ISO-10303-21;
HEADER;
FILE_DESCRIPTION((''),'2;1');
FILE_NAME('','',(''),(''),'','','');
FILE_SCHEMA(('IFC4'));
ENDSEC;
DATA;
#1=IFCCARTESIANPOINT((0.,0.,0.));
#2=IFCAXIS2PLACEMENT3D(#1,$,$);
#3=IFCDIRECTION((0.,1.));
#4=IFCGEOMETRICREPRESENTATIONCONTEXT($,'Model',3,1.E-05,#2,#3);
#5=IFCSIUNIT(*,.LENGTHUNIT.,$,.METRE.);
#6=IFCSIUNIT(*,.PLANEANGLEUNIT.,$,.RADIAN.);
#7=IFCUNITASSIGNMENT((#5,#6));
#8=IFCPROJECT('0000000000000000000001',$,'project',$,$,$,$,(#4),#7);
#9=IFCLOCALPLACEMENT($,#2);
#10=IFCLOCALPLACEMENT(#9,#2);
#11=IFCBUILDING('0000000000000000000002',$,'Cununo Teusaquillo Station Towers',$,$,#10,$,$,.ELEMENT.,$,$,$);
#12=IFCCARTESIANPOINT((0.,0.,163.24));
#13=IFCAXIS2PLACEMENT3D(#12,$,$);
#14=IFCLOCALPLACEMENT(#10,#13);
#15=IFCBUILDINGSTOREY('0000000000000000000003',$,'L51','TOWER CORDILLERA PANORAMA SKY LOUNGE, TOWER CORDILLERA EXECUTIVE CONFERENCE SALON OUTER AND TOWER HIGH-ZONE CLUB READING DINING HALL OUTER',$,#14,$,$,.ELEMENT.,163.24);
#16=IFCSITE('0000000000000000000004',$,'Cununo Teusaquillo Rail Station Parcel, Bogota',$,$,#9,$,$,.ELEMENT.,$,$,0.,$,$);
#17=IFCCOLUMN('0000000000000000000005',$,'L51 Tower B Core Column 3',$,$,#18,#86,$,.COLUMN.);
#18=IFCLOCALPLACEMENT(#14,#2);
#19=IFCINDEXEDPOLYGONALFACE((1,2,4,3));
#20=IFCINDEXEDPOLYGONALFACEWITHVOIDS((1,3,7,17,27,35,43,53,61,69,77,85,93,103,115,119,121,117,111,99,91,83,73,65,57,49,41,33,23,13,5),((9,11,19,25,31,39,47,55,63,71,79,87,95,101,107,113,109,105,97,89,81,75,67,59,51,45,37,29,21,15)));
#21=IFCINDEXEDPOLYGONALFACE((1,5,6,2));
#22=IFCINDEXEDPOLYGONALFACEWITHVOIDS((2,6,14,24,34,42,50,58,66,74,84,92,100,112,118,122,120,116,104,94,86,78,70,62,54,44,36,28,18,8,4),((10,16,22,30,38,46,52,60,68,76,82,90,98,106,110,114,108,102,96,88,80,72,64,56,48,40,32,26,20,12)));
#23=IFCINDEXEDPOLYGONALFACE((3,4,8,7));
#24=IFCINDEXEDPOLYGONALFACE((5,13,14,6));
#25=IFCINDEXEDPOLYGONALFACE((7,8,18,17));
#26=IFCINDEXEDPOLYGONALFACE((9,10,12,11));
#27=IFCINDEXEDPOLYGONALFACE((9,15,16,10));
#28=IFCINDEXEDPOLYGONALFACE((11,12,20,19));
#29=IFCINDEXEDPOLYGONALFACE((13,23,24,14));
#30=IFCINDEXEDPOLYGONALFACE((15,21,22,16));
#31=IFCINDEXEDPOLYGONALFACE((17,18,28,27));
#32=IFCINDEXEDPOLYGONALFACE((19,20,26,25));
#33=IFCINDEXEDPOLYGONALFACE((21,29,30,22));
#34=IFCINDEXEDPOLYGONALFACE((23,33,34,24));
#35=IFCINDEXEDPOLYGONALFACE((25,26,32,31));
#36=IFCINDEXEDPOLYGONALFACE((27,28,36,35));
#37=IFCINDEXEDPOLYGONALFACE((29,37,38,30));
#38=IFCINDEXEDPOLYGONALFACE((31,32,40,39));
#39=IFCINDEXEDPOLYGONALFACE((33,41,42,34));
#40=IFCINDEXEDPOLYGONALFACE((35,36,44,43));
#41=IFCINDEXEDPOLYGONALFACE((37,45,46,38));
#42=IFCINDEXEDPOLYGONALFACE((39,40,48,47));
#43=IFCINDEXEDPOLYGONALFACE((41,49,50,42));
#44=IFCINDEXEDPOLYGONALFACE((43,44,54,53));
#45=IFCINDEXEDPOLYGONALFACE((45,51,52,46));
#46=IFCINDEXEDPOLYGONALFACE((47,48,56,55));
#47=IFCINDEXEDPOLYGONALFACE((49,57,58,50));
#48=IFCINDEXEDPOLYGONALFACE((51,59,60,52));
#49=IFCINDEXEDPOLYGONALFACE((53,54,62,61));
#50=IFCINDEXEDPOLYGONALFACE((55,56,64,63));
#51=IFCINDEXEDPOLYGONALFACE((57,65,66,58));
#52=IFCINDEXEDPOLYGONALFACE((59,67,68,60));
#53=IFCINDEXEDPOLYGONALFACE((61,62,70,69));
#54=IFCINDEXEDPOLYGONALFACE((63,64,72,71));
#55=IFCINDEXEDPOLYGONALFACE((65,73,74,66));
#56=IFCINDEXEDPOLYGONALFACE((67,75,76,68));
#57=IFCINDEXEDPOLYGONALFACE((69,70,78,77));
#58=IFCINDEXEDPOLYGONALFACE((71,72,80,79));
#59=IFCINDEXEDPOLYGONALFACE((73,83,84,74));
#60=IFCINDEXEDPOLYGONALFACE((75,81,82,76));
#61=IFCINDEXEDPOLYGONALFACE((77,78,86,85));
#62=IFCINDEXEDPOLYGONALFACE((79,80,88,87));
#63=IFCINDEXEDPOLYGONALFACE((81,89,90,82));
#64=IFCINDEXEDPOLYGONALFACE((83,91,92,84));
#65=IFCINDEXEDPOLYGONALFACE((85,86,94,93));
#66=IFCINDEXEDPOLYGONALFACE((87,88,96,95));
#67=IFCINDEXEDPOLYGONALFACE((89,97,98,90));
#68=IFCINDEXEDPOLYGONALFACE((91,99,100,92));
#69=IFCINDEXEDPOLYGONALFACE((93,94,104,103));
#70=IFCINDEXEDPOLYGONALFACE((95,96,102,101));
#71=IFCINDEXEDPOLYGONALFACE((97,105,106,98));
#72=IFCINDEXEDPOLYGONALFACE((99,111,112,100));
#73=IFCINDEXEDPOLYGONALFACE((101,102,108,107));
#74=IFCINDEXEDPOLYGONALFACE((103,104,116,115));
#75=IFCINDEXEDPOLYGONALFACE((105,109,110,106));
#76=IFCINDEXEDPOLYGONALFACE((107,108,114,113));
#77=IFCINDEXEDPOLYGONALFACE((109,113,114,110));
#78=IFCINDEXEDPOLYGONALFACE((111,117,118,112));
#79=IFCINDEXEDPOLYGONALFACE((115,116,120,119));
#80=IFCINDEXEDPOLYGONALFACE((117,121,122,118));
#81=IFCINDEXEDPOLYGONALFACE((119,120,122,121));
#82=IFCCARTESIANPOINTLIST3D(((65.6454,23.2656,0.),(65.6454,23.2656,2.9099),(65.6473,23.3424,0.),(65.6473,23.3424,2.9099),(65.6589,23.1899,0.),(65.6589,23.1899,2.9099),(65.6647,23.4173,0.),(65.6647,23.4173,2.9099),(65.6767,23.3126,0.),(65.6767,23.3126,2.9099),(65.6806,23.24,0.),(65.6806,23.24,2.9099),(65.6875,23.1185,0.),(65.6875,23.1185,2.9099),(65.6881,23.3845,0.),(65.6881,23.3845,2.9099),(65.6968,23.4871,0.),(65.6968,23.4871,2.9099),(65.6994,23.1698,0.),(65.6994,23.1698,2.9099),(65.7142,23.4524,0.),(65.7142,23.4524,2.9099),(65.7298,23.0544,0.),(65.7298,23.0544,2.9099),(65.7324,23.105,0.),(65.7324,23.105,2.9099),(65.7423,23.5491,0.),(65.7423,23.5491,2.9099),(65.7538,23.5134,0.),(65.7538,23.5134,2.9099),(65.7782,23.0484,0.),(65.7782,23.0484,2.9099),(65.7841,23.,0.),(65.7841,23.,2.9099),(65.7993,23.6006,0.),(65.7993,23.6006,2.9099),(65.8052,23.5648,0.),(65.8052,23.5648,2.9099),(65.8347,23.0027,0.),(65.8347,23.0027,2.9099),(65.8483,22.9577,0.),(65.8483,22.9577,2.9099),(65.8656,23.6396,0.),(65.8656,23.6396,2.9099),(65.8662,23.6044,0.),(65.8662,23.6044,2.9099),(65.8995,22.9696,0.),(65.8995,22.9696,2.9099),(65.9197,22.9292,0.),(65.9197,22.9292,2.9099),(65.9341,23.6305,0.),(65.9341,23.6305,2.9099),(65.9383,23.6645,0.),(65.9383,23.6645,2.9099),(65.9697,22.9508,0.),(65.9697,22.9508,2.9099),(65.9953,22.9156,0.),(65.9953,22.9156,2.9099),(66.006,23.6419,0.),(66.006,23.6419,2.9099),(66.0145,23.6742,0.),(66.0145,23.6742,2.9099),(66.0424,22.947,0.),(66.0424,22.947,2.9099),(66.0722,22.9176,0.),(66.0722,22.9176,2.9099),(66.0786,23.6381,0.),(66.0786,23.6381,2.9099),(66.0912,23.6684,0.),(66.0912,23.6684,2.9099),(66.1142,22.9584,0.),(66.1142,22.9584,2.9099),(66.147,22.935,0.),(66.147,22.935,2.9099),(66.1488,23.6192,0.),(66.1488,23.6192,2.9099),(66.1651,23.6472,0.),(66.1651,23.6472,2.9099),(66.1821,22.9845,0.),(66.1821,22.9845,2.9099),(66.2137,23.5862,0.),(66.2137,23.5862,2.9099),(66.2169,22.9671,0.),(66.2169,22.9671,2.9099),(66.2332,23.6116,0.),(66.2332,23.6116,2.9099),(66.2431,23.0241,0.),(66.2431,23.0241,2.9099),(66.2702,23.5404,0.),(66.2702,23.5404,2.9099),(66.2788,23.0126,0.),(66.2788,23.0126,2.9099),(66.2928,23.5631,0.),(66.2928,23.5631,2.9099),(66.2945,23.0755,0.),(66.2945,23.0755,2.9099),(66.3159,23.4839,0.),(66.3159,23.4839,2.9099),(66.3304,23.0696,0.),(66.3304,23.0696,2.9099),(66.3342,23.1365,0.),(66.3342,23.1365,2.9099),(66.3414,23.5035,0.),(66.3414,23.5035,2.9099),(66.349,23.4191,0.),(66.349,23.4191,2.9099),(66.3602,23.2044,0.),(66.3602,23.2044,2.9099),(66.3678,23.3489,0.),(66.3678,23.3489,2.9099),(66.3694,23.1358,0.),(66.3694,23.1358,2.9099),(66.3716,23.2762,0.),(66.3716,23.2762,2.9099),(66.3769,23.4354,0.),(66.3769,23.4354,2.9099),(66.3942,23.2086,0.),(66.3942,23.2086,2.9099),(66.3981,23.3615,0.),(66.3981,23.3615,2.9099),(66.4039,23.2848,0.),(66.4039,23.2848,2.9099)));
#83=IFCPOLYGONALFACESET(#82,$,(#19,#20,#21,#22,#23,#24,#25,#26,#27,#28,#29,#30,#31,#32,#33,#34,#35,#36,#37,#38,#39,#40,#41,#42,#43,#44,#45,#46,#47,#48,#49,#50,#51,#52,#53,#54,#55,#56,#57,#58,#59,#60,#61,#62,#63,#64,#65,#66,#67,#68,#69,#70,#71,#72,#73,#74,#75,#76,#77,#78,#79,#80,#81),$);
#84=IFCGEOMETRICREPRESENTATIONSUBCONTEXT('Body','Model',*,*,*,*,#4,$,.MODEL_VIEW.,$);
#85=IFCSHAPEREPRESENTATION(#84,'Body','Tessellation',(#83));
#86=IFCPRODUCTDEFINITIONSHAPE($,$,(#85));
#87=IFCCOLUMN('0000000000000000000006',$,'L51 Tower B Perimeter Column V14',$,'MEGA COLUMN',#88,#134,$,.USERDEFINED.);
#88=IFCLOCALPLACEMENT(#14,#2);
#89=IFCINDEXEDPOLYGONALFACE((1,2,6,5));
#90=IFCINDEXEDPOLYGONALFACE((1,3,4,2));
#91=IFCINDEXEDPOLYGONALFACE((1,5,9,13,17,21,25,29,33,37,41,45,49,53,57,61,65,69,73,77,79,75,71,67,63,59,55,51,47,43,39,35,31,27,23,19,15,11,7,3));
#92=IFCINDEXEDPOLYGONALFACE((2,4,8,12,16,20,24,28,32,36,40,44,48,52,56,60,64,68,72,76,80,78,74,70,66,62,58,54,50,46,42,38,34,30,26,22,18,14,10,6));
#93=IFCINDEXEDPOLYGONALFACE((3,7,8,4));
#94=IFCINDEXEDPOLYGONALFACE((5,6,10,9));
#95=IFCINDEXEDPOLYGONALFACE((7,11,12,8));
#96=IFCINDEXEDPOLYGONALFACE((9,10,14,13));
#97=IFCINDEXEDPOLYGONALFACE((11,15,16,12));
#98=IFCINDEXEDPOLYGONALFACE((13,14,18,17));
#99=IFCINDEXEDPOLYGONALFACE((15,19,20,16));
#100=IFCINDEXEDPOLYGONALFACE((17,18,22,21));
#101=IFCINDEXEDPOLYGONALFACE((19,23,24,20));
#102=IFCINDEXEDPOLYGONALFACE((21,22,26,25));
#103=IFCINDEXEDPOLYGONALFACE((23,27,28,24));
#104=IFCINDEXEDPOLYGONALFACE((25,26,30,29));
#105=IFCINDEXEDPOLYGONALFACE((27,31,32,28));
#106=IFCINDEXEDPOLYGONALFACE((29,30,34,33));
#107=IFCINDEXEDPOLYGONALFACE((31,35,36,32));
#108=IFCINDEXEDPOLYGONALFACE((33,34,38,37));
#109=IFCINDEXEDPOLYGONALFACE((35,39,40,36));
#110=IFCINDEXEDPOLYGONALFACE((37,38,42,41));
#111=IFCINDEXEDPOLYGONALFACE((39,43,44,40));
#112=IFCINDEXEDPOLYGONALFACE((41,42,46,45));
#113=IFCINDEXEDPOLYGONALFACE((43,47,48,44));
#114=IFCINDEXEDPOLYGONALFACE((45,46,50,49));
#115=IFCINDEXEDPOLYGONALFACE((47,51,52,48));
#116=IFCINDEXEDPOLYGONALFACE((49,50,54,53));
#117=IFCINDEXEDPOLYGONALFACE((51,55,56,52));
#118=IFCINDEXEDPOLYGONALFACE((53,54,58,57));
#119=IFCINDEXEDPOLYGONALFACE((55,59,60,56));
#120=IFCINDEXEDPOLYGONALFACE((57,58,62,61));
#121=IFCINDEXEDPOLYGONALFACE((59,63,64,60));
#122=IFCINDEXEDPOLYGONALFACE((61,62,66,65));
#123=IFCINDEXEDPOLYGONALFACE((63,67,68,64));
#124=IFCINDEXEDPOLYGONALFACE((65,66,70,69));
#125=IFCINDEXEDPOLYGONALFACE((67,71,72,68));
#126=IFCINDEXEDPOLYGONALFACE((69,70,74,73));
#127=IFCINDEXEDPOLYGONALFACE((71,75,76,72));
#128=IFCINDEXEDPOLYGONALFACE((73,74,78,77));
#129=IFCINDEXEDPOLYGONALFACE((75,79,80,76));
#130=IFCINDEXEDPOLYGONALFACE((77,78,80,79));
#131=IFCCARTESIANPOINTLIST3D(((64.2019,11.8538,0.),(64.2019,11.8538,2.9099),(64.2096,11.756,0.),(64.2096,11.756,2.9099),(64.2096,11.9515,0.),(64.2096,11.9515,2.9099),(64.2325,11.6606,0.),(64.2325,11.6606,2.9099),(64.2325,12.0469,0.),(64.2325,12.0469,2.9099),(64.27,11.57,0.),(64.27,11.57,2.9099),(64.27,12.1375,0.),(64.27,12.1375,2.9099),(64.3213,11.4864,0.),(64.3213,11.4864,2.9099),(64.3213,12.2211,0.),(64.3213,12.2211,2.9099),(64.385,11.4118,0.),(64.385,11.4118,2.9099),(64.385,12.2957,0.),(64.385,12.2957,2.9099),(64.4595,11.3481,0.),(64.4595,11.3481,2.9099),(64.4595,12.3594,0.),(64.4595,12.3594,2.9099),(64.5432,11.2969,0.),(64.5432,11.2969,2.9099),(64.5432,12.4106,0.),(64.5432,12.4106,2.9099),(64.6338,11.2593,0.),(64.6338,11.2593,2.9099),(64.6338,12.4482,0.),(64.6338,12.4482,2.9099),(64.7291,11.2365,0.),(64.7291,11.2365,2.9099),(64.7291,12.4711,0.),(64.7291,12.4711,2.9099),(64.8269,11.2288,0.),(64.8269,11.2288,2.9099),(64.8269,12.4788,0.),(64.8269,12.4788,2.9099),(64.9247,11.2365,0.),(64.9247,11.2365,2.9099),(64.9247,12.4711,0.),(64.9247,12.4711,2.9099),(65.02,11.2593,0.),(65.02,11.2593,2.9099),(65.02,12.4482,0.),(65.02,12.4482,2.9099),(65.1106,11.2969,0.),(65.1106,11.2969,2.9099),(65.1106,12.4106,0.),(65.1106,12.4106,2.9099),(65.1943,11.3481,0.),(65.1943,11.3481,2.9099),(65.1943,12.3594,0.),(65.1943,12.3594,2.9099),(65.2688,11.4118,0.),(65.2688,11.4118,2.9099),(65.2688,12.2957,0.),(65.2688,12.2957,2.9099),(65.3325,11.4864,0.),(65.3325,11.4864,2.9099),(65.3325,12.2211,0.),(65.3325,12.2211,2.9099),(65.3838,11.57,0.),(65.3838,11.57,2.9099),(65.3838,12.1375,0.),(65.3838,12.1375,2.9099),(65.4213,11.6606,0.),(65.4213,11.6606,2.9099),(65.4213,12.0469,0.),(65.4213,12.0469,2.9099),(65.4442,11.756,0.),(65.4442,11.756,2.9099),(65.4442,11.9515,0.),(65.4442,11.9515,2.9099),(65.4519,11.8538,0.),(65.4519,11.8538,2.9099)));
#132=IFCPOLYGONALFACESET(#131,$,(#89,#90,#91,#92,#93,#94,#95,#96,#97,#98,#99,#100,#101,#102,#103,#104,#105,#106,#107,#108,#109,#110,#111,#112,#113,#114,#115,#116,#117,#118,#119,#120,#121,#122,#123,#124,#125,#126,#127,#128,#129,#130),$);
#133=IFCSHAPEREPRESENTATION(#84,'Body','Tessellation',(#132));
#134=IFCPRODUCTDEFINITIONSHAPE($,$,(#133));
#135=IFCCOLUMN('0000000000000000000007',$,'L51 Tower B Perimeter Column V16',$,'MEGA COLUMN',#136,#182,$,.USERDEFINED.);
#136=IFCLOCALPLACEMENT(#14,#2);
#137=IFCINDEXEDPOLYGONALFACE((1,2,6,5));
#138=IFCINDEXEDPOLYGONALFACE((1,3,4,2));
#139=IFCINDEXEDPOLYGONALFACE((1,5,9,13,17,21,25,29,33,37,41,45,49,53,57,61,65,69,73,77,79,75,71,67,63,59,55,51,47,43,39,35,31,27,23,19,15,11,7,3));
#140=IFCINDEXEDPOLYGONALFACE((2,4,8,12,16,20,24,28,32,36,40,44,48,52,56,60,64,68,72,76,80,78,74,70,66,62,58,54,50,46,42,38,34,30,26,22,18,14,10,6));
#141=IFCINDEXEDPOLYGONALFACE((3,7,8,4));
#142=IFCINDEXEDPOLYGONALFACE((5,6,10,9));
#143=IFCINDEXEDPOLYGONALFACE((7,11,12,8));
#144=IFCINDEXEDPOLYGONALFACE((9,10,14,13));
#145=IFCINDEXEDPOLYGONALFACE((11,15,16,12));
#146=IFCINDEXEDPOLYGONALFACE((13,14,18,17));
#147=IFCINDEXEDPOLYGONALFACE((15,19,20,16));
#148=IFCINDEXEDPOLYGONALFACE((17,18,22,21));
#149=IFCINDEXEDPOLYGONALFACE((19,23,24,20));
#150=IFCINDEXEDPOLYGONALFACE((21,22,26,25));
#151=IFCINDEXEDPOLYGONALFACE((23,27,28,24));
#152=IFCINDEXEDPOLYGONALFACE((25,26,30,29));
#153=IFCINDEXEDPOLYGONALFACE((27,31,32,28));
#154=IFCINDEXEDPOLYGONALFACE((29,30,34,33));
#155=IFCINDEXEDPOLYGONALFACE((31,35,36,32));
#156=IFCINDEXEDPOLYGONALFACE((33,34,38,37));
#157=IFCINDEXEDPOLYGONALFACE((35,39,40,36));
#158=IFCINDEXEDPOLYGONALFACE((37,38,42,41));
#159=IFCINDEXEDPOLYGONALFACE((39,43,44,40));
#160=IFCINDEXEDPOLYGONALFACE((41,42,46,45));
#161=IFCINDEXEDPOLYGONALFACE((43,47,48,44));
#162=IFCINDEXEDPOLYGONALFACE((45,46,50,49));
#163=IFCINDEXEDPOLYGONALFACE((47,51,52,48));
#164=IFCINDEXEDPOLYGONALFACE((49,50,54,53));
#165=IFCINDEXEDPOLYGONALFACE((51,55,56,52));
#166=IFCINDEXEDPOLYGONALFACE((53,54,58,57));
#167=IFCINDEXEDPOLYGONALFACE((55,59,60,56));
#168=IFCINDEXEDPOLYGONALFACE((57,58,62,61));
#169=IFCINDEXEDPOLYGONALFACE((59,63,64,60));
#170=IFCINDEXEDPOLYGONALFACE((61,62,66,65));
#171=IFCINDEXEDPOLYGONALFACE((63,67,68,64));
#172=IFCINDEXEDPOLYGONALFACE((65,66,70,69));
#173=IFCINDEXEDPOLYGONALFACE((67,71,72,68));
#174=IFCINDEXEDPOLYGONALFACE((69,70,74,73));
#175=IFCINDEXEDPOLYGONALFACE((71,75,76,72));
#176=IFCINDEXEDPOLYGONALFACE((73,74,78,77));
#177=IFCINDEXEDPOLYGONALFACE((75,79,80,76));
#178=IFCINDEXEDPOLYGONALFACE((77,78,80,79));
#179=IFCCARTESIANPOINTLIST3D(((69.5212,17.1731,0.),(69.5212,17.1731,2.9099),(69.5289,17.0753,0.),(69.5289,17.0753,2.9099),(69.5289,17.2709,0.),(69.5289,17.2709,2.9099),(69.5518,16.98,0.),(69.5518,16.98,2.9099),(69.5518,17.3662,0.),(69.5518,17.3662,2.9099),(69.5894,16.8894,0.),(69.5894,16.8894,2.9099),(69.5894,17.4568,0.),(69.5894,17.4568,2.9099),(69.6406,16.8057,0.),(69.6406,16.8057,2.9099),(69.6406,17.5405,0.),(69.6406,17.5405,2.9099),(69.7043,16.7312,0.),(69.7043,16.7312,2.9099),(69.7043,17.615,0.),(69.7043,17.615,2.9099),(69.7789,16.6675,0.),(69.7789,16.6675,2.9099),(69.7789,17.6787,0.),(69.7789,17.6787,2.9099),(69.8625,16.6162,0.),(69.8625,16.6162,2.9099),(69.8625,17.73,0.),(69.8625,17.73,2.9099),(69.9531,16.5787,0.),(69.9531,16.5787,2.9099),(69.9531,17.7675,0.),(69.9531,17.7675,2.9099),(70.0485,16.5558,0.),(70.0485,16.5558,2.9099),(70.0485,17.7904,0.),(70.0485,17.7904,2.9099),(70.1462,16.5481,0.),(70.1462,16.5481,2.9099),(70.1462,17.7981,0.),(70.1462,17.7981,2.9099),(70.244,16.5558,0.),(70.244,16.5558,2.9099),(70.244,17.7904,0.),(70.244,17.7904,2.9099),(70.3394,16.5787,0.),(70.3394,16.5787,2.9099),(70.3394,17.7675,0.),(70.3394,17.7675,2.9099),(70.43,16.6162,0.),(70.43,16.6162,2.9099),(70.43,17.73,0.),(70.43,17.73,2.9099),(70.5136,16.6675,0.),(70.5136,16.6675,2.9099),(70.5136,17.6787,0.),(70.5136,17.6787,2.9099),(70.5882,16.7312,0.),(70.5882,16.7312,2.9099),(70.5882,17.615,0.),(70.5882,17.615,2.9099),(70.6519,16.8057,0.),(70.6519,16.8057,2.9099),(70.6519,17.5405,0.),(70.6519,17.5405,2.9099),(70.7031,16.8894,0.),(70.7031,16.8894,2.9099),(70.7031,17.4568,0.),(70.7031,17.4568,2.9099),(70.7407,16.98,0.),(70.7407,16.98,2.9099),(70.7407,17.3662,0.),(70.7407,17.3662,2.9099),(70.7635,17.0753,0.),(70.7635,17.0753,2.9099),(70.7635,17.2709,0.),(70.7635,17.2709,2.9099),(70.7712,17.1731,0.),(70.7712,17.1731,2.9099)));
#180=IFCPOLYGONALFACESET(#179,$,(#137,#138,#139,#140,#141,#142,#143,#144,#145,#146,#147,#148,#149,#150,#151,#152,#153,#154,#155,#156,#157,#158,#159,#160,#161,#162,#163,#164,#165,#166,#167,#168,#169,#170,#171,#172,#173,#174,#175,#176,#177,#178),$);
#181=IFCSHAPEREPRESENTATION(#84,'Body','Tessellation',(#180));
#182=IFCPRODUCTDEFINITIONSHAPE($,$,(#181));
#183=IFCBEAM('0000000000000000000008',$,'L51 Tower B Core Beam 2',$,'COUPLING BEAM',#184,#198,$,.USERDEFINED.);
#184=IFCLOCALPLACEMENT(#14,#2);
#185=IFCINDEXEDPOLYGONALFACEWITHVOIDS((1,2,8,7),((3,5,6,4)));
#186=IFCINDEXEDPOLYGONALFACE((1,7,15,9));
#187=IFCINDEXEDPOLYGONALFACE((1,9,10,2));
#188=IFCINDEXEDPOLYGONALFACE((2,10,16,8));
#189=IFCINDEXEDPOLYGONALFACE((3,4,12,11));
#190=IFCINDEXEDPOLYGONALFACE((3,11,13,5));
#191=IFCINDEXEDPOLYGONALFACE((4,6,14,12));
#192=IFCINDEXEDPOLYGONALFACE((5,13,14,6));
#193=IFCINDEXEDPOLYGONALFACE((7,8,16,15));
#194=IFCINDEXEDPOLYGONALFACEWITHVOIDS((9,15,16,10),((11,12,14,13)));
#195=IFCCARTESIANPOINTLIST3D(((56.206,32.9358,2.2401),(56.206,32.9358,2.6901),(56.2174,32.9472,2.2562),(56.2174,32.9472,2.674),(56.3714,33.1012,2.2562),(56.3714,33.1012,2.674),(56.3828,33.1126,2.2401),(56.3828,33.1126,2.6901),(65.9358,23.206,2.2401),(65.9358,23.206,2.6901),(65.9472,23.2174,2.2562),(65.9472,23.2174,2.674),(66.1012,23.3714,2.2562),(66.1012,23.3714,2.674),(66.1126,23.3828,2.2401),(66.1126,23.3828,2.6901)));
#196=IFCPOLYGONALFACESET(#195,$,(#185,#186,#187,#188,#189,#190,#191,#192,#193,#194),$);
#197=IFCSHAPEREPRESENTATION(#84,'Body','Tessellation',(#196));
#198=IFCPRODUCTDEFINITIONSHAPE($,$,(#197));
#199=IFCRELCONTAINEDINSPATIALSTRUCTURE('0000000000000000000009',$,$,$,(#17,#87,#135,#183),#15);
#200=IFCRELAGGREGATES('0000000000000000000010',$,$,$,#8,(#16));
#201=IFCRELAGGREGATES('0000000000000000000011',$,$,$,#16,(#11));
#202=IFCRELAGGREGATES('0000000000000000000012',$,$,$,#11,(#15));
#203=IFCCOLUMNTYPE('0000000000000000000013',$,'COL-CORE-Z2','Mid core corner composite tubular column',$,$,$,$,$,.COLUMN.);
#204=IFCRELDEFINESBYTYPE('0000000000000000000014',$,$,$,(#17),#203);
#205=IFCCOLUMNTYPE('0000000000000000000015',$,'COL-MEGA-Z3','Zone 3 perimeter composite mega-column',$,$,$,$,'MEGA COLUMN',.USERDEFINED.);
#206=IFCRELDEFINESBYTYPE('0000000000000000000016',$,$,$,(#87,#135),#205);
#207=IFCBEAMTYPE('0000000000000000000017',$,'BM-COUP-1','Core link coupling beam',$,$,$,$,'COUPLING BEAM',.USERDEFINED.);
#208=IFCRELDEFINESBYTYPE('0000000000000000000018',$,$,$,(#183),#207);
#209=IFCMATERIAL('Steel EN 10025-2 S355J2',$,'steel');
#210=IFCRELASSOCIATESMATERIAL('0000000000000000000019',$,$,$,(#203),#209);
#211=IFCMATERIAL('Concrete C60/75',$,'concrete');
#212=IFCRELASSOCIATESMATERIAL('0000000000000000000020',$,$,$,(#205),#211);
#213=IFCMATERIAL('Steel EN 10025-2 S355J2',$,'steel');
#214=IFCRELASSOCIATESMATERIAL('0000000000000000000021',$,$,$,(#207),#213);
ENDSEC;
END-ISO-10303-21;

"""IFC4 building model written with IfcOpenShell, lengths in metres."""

from ifc_helpers import new_model, si_unit, direction, frame, origin, origin_2d, place, context, subcontext, project, spatial, hollow_rectangle, circle, hollow_circle, extrude, material, material_profile, profile_set, type_object, element, save


model = new_model("IFC4")

# Units and contexts
model_context = context("Model", 3, precision=1e-05, world=origin(), true_north=direction((0.0, 1.0)))
body_context = subcontext(model_context, "Body", "Model", "MODEL_VIEW")
ifc_project = project(units=[si_unit("LENGTHUNIT", "METRE"), si_unit("PLANEANGLEUNIT", "RADIAN")], contexts=[model_context])

# Site, building, storey
site_placement = place(None, origin())
site = spatial("IfcSite", under=ifc_project, at=site_placement, Name="Cununo Teusaquillo Rail Station Parcel, Bogota", CompositionType="ELEMENT", RefElevation=0.0)
building_placement = place(site_placement, origin())
building = spatial("IfcBuilding", under=site, at=building_placement, Name="Cununo Teusaquillo Station Towers", CompositionType="ELEMENT")
storey_placement = place(building_placement, frame((0.0, 0.0, 163.24)))
storey = spatial("IfcBuildingStorey", under=building, at=storey_placement, Name="L51", Description="TOWER CORDILLERA PANORAMA SKY LOUNGE, TOWER CORDILLERA EXECUTIVE CONFERENCE SALON OUTER AND TOWER HIGH-ZONE CLUB READING DINING HALL OUTER", CompositionType="ELEMENT", Elevation=163.24)

# Columns
ifc_material_1 = material(Name="Steel EN 10025-2 S355J2", Category="steel")
ifc_material_profile_1 = material_profile(ifc_material_1, hollow_circle(Radius=0.3799, WallThickness=0.032, at=origin_2d()), Name="CHS 760x32")
ifc_profile_set_1 = profile_set([ifc_material_profile_1], Name="Steel EN 10025-2 S355J2")
column_type_1 = type_object("IfcColumnType", Name="COL-CORE-Z2", Description="Mid core corner composite tubular column", PredefinedType="COLUMN", material=ifc_profile_set_1)
column_placement = place(storey_placement, frame((66.0242, 23.2944, 0.0), z_axis=(0.0, 0.0, 1.0), x_axis=(0.707107, 0.707107, 0.0)))
element("IfcColumn", 1, at=column_placement, inside=storey, type_object=column_type_1, Name="L51 Tower B Core Column 3", PredefinedType="COLUMN", context=body_context, shape_type="SweptSolid", body=[
    extrude(hollow_circle(Radius=0.3799, WallThickness=0.032, at=origin_2d()), origin(), (0.0, 0.0, 1.0), 2.9099),
])
ifc_material_2 = material(Name="Concrete C60/75", Category="concrete")
ifc_material_profile_2 = material_profile(ifc_material_2, circle(Radius=0.625, at=origin_2d()), Name="RC-CIRC-1250")
ifc_profile_set_2 = profile_set([ifc_material_profile_2], Name="Concrete C60/75")
column_type_2 = type_object("IfcColumnType", Name="COL-MEGA-Z3", Description="Zone 3 perimeter composite mega-column", ElementType="MEGA COLUMN", PredefinedType="USERDEFINED", material=ifc_profile_set_2)
for number, where, z_axis, x_axis, name in (
    (2, (64.8269, 11.8538, 0.0), (0.0, 0.0, 1.0), (1.0, 0.0, 0.0), "L51 Tower B Perimeter Column V14"),
    (3, (70.1462, 17.1731, 0.0), (0.0, 0.0, 1.0), (1.0, 0.0, 0.0), "L51 Tower B Perimeter Column V16"),
):
    element("IfcColumn", number, at=place(storey_placement, frame(where, z_axis=z_axis, x_axis=x_axis)), inside=storey, type_object=column_type_2, Name=name, ObjectType="MEGA COLUMN", PredefinedType="USERDEFINED", context=body_context, shape_type="SweptSolid", body=[
        extrude(circle(Radius=0.625, at=origin_2d()), origin(), (0.0, 0.0, 1.0), 2.9099),
    ])

# Beam
ifc_material_3 = material(Name="Steel EN 10025-2 S355J2", Category="steel")
ifc_material_profile_3 = material_profile(ifc_material_3, hollow_rectangle(XDim=0.25, YDim=0.45, WallThickness=0.0161, at=origin_2d()), Name="RHS 450x250x16")
ifc_profile_set_3 = profile_set([ifc_material_profile_3], Name="Steel EN 10025-2 S355J2")
beam_type_1 = type_object("IfcBeamType", Name="BM-COUP-1", Description="Core link coupling beam", ElementType="COUPLING BEAM", PredefinedType="USERDEFINED", material=ifc_profile_set_3)
beam_1_placement = place(storey_placement, frame((66.0242, 23.2944, 2.4651), z_axis=(-0.707107, 0.707107, 0.0), x_axis=(-0.707107, -0.707107, 0.0)))
element("IfcBeam", 4, at=beam_1_placement, inside=storey, type_object=beam_type_1, Name="L51 Tower B Core Beam 2", ObjectType="COUPLING BEAM", PredefinedType="USERDEFINED", context=body_context, shape_type="SweptSolid", body=[
    extrude(hollow_rectangle(XDim=0.25, YDim=0.45, WallThickness=0.0161, at=origin_2d()), origin(), (0.0, 0.0, 1.0), 13.76),
])

save(model, "model.ifc")
